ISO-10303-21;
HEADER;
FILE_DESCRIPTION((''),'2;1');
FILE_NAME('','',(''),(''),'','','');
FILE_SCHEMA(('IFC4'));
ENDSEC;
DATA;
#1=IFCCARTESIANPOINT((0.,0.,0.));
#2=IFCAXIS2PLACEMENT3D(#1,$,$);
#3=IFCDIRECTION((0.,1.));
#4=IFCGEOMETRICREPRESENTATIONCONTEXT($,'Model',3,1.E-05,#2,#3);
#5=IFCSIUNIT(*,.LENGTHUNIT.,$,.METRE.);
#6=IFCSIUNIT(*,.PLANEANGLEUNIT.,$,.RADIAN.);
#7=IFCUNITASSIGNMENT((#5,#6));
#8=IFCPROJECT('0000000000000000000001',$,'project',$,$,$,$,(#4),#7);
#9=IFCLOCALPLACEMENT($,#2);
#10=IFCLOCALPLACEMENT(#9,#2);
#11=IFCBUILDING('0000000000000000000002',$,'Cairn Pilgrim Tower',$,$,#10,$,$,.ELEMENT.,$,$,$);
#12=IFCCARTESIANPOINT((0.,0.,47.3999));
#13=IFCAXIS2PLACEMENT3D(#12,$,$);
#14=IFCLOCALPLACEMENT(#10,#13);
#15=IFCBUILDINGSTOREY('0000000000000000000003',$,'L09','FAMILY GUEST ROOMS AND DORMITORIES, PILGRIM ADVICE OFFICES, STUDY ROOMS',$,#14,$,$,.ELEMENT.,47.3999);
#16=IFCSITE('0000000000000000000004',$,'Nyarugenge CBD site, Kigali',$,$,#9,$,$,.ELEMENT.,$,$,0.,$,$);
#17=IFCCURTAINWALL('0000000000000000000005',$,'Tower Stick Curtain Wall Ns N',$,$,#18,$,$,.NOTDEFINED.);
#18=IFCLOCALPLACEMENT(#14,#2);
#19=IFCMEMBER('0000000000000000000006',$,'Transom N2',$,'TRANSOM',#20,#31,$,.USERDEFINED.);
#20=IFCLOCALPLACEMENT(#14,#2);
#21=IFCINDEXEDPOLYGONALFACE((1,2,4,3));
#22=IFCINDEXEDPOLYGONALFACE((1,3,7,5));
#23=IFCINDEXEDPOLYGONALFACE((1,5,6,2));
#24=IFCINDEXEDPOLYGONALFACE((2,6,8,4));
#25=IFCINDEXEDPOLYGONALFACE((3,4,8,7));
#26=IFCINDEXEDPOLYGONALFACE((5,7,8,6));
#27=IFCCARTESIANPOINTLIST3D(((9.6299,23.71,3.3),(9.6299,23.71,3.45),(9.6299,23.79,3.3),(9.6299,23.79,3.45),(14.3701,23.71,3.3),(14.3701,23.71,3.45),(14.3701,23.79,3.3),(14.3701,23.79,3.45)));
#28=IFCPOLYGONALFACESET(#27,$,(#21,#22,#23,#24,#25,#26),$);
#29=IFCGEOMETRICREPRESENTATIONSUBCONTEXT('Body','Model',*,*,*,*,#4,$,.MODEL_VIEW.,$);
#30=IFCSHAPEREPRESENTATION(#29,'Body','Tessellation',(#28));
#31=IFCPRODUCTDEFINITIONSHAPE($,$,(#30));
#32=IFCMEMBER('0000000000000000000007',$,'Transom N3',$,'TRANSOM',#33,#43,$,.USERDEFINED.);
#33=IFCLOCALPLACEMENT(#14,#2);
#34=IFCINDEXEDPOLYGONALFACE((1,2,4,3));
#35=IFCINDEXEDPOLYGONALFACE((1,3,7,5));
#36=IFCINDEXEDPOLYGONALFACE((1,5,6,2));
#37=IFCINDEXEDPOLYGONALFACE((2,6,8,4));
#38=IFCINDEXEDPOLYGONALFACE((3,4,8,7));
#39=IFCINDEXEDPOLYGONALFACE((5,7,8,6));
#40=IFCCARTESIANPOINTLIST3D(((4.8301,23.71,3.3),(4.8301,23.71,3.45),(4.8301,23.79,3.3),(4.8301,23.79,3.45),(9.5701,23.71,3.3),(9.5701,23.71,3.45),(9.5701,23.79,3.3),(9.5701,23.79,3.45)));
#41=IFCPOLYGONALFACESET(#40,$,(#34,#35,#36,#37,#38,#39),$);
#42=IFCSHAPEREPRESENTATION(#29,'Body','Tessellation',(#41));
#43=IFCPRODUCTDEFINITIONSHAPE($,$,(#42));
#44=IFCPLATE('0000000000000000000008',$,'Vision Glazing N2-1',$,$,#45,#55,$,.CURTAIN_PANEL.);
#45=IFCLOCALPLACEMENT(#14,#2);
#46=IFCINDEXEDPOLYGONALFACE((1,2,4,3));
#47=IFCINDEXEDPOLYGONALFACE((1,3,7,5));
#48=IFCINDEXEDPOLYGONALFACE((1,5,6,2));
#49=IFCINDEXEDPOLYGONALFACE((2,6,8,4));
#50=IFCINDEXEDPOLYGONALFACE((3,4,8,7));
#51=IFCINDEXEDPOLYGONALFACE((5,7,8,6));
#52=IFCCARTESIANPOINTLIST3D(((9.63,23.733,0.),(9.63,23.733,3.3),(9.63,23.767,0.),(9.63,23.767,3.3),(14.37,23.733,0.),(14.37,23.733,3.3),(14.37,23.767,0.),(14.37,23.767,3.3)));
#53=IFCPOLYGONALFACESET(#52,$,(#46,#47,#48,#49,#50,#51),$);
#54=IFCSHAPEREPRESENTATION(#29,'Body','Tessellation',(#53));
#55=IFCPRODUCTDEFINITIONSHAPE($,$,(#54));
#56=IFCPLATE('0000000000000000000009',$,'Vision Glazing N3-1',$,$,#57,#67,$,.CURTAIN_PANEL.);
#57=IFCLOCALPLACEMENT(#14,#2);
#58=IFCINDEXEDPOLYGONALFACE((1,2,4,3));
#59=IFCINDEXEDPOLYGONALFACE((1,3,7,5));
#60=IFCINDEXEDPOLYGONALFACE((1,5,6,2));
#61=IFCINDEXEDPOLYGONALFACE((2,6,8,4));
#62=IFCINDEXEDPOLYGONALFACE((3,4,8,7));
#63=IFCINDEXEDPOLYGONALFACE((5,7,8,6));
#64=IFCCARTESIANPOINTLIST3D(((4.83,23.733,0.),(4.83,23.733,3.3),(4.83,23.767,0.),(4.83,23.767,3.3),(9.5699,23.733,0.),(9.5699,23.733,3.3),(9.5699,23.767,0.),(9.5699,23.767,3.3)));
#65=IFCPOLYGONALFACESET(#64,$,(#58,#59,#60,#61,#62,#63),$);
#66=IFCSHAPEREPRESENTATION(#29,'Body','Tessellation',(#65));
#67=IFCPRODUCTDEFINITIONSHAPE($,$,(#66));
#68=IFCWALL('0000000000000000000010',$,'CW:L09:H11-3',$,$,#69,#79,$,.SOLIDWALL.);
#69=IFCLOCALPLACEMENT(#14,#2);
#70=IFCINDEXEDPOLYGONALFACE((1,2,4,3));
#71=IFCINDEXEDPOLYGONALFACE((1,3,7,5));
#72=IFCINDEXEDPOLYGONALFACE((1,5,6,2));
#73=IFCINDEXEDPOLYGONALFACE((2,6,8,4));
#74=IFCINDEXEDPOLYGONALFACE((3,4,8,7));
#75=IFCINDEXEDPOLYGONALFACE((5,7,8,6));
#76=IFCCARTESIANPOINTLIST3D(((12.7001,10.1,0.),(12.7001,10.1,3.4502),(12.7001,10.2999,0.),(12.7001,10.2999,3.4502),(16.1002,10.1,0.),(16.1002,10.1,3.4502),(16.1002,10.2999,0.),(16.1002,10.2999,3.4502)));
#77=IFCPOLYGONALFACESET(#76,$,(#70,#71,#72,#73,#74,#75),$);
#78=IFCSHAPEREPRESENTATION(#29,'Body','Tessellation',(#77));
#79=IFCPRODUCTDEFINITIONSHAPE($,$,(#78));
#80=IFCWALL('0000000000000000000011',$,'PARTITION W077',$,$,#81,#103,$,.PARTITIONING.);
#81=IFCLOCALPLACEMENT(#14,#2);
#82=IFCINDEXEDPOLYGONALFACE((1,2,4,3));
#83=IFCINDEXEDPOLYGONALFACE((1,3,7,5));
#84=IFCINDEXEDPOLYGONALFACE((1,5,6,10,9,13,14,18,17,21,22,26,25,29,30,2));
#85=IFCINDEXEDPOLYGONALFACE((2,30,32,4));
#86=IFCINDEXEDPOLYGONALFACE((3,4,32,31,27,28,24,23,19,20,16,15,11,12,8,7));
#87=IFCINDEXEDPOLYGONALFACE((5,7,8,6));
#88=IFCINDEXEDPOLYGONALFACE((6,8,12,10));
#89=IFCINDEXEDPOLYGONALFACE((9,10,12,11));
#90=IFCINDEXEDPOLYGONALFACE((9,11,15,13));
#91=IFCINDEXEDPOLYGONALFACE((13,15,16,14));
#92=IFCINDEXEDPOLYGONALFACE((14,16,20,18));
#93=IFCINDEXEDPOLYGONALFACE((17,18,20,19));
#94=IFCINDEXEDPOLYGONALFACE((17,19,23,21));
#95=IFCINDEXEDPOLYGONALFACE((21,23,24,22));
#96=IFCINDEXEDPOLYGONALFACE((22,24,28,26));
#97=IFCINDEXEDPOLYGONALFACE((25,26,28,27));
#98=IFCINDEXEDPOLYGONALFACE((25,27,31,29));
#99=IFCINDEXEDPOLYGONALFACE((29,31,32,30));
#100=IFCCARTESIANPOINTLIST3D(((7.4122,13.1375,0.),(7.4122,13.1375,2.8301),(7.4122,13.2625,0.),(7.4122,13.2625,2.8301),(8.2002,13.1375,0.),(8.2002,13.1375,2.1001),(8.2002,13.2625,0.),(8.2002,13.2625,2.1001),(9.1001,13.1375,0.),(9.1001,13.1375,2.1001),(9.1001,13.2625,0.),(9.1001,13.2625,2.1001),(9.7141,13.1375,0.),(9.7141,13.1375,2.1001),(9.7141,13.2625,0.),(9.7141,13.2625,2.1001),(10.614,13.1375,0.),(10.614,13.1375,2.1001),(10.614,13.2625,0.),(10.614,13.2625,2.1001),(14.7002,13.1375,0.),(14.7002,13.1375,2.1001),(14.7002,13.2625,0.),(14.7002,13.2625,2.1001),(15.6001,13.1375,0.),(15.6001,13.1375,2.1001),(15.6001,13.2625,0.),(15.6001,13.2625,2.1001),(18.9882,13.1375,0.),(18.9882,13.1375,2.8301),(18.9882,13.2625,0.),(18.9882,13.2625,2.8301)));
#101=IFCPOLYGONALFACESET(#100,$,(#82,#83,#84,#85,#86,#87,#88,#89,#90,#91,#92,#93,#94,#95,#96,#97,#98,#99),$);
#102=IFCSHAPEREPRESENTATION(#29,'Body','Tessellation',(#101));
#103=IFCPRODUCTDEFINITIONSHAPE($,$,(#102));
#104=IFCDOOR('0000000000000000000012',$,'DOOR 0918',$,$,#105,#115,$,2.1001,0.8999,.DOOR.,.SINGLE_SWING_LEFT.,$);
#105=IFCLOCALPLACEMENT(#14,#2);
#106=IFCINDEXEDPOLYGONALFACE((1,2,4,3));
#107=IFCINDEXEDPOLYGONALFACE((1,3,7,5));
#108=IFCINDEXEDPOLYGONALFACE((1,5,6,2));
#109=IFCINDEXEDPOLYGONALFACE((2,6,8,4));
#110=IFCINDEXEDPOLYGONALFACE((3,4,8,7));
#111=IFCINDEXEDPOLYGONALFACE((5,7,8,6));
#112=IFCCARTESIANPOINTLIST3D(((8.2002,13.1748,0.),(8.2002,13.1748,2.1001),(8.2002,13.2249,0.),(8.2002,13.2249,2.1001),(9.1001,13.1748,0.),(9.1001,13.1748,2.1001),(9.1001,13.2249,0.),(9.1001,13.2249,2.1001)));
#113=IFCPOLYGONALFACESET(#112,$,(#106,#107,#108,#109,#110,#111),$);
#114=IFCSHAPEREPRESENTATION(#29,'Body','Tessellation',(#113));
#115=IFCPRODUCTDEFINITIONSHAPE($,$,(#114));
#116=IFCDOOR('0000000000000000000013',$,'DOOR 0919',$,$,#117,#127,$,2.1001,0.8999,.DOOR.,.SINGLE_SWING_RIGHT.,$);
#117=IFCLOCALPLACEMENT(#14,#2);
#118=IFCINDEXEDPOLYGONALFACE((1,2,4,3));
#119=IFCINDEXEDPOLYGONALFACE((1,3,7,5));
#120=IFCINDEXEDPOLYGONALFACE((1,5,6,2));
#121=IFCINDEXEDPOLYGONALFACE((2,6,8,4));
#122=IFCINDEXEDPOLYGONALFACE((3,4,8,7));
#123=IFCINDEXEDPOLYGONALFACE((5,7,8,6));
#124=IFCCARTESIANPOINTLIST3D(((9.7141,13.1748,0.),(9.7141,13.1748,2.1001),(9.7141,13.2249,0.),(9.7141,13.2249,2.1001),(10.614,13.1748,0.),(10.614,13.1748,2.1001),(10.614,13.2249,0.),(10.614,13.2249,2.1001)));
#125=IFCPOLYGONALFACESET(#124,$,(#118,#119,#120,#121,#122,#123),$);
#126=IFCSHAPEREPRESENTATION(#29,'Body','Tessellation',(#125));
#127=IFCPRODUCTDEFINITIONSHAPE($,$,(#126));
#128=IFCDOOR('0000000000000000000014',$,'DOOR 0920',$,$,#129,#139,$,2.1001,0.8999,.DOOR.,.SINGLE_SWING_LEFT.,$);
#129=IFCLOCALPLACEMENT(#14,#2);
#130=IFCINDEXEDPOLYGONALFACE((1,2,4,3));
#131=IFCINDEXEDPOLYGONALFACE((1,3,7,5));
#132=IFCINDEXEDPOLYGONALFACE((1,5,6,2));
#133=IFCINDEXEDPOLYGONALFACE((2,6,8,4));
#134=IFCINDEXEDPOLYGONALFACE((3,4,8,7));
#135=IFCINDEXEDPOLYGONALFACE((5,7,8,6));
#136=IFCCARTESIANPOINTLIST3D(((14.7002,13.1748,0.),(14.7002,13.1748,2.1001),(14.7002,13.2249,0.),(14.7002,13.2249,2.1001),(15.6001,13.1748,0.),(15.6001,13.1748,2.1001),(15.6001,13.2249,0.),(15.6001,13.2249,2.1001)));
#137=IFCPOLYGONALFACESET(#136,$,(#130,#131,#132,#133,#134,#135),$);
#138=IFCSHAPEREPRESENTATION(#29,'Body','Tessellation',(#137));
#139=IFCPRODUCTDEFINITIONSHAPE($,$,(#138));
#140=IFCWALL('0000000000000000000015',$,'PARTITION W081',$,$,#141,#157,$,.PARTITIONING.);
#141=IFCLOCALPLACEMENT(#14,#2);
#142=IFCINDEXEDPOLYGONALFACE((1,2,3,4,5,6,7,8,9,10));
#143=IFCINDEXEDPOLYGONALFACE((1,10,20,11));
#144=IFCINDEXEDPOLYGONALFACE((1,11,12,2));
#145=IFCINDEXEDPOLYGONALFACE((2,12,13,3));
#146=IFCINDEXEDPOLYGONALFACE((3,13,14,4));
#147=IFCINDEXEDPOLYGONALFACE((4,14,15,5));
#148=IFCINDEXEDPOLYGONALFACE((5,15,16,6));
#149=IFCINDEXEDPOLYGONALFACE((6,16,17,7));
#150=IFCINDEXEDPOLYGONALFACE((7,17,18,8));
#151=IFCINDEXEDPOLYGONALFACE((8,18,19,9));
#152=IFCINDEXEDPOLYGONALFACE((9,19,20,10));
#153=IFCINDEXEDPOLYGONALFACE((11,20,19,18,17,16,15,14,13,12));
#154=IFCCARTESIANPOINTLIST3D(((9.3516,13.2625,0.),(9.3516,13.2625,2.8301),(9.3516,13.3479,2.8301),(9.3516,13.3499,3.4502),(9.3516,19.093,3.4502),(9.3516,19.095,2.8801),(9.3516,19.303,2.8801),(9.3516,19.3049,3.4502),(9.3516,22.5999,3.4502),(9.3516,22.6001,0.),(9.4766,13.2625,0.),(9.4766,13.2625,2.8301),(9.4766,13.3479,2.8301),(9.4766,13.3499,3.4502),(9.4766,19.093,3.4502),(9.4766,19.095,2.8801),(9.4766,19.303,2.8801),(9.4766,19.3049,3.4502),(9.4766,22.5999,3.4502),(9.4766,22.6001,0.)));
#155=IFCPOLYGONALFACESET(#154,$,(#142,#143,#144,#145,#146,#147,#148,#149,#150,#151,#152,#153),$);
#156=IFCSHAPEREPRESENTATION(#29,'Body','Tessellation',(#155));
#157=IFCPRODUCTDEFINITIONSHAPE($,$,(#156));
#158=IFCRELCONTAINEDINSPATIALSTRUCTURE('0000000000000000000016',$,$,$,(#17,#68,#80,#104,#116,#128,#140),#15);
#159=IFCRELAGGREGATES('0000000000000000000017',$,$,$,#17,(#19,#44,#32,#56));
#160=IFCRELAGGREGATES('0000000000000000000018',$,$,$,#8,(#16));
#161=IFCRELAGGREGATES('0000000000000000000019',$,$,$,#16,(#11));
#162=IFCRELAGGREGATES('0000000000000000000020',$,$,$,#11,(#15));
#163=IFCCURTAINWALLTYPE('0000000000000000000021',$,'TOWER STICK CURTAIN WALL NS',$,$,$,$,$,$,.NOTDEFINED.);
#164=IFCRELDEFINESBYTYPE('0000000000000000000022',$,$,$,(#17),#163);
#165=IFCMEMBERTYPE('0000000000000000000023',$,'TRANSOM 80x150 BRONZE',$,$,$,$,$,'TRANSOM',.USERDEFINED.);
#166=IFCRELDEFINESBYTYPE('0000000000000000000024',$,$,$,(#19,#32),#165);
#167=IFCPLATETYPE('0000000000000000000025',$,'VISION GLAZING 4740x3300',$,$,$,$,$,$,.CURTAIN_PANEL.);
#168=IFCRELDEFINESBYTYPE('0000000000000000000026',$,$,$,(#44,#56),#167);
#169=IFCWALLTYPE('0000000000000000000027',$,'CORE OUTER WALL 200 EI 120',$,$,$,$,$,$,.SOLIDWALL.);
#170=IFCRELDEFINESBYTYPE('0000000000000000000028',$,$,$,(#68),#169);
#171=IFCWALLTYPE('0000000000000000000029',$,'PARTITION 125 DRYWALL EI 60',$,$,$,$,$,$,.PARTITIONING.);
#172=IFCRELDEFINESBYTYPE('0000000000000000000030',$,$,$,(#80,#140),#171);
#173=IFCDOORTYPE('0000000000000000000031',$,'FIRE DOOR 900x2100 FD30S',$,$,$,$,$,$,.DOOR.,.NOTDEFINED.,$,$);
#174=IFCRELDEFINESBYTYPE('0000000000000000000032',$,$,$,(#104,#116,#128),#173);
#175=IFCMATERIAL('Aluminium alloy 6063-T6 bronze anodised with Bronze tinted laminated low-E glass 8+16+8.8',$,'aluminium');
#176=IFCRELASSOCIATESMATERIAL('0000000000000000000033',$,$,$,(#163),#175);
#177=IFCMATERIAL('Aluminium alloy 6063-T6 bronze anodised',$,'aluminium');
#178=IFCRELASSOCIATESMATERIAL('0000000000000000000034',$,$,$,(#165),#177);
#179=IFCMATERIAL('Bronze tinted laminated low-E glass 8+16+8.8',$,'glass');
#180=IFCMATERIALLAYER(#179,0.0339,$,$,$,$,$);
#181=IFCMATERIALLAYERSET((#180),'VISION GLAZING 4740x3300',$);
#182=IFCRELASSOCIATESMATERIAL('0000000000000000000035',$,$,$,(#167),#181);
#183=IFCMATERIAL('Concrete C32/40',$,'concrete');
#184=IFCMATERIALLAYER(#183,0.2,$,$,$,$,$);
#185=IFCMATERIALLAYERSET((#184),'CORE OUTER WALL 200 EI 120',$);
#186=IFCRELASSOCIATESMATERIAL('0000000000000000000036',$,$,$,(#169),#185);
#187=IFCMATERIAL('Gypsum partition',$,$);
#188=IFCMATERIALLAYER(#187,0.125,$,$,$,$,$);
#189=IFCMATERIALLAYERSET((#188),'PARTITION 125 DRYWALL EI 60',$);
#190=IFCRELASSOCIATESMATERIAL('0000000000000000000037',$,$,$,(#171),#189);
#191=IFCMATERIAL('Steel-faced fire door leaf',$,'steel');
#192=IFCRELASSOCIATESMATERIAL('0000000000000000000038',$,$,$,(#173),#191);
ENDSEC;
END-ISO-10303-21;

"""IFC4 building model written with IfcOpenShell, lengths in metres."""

from ifc_helpers import new_model, si_unit, direction, frame, frame_2d, origin, origin_2d, place, context, subcontext, project, spatial, polyline, rectangle, outline, extrude, material, layer, layer_set, material_profile, profile_set, type_object, element, fill, aggregate, save


model = new_model("IFC4")

# Units and contexts
model_context = context("Model", 3, precision=1e-05, world=origin(), true_north=direction((0.0, 1.0)))
body_context = subcontext(model_context, "Body", "Model", "MODEL_VIEW")
ifc_project = project(units=[si_unit("LENGTHUNIT", "METRE"), si_unit("PLANEANGLEUNIT", "RADIAN")], contexts=[model_context])

# Site, building, storey
site_placement = place(None, origin())
site = spatial("IfcSite", under=ifc_project, at=site_placement, Name="Nyarugenge CBD site, Kigali", CompositionType="ELEMENT", RefElevation=0.0)
building_placement = place(site_placement, origin())
building = spatial("IfcBuilding", under=site, at=building_placement, Name="Cairn Pilgrim Tower", CompositionType="ELEMENT")
storey_placement = place(building_placement, frame((0.0, 0.0, 47.3999)))
storey = spatial("IfcBuildingStorey", under=building, at=storey_placement, Name="L09", Description="FAMILY GUEST ROOMS AND DORMITORIES, PILGRIM ADVICE OFFICES, STUDY ROOMS", CompositionType="ELEMENT", Elevation=47.3999)

# Curtain wall
ifc_material_1 = material(Name="Aluminium alloy 6063-T6 bronze anodised with Bronze tinted laminated low-E glass 8+16+8.8", Category="aluminium")
curtain_wall_type = type_object("IfcCurtainWallType", Name="TOWER STICK CURTAIN WALL NS", PredefinedType="NOTDEFINED", material=ifc_material_1)
curtain_wall_placement = place(storey_placement, origin())
curtain_wall = element("IfcCurtainWall", 1, at=curtain_wall_placement, inside=storey, type_object=curtain_wall_type, Name="Tower Stick Curtain Wall Ns N", PredefinedType="NOTDEFINED")
ifc_material_2 = material(Name="Aluminium alloy 6063-T6 bronze anodised", Category="aluminium")

# Members
ifc_material_profile_1 = material_profile(ifc_material_2, rectangle(XDim=0.0801, YDim=0.1499, at=origin_2d()), Name="TRANSOM 80x150 BRONZE")
ifc_profile_set_1 = profile_set([ifc_material_profile_1], Name="Aluminium alloy 6063-T6 bronze anodised")
member_type_1 = type_object("IfcMemberType", Name="TRANSOM 80x150 BRONZE", ElementType="TRANSOM", PredefinedType="USERDEFINED", material=ifc_profile_set_1)
member_1_placement = place(storey_placement, frame((14.3701, 23.75, 3.375), z_axis=(-1.0, 0.0, 0.0), x_axis=(0.0, -1.0, 0.0)))
member_1 = element("IfcMember", 2, at=member_1_placement, type_object=member_type_1, Name="Transom N2", ObjectType="TRANSOM", PredefinedType="USERDEFINED", context=body_context, shape_type="SweptSolid", body=[
    extrude(rectangle(XDim=0.0801, YDim=0.1499, at=origin_2d()), origin(), (0.0, 0.0, 1.0), 4.7402),
])
member_2_placement = place(storey_placement, frame((9.5701, 23.75, 3.375), z_axis=(-1.0, 0.0, 0.0), x_axis=(0.0, -1.0, 0.0)))
member_2 = element("IfcMember", 3, at=member_2_placement, type_object=member_type_1, Name="Transom N3", ObjectType="TRANSOM", PredefinedType="USERDEFINED", context=body_context, shape_type="SweptSolid", body=[
    extrude(rectangle(XDim=0.0801, YDim=0.1499, at=origin_2d()), origin(), (0.0, 0.0, 1.0), 4.74),
])

# Plates
ifc_material_3 = material(Name="Bronze tinted laminated low-E glass 8+16+8.8", Category="glass")
ifc_layer_1 = layer(ifc_material_3, 0.0339)
ifc_layer_set_1 = layer_set([ifc_layer_1], Name="VISION GLAZING 4740x3300")
plate_type = type_object("IfcPlateType", Name="VISION GLAZING 4740x3300", PredefinedType="CURTAIN_PANEL", material=ifc_layer_set_1)
plate_1_placement = place(storey_placement, frame((12.0, 23.75, 0.0), z_axis=(0.0, 0.0, 1.0), x_axis=(-1.0, 0.0, 0.0)))
plate_1 = element("IfcPlate", 4, at=plate_1_placement, type_object=plate_type, Name="Vision Glazing N2-1", PredefinedType="CURTAIN_PANEL", context=body_context, shape_type="SweptSolid", body=[
    extrude(rectangle(XDim=4.74, YDim=0.0339, at=origin_2d()), origin(), (0.0, 0.0, 1.0), 3.3),
])
plate_2_placement = place(storey_placement, frame((7.2, 23.75, 0.0), z_axis=(0.0, 0.0, 1.0), x_axis=(-1.0, 0.0, 0.0)))
plate_2 = element("IfcPlate", 5, at=plate_2_placement, type_object=plate_type, Name="Vision Glazing N3-1", PredefinedType="CURTAIN_PANEL", context=body_context, shape_type="SweptSolid", body=[
    extrude(rectangle(XDim=4.74, YDim=0.0339, at=origin_2d()), origin(), (0.0, 0.0, 1.0), 3.3),
])
aggregate(curtain_wall, [member_1, plate_1, member_2, plate_2])

# Wall
ifc_material_4 = material(Name="Concrete C32/40", Category="concrete")
ifc_layer_2 = layer(ifc_material_4, 0.2)
ifc_layer_set_2 = layer_set([ifc_layer_2], Name="CORE OUTER WALL 200 EI 120")
wall_type_1 = type_object("IfcWallType", Name="CORE OUTER WALL 200 EI 120", PredefinedType="SOLIDWALL", material=ifc_layer_set_2)
wall_1_placement = place(storey_placement, frame((12.7, 10.2, 0.0), z_axis=(0.0, 0.0, 1.0), x_axis=(1.0, 0.0, 0.0)))
element("IfcWall", 6, at=wall_1_placement, inside=storey, type_object=wall_type_1, Name="CW:L09:H11-3", PredefinedType="SOLIDWALL", context=body_context, shape_type="SweptSolid", body=[
    extrude(rectangle(XDim=3.4001, YDim=0.2, at=frame_2d((1.7002, 0.0))), origin(), (0.0, 0.0, 1.0), 3.4502),
])

# Wall, openings, doors
ifc_material_5 = material(Name="Gypsum partition")
ifc_layer_3 = layer(ifc_material_5, 0.125)
ifc_layer_set_3 = layer_set([ifc_layer_3], Name="PARTITION 125 DRYWALL EI 60")
wall_type_2 = type_object("IfcWallType", Name="PARTITION 125 DRYWALL EI 60", PredefinedType="PARTITIONING", material=ifc_layer_set_3)
wall_2_placement = place(storey_placement, frame((7.4121, 13.2, 0.0), z_axis=(0.0, 0.0, 1.0), x_axis=(1.0, 0.0, 0.0)))
wall_2 = element("IfcWall", 7, at=wall_2_placement, inside=storey, type_object=wall_type_2, Name="PARTITION W077", PredefinedType="PARTITIONING", context=body_context, shape_type="SweptSolid", body=[
    extrude(rectangle(XDim=11.5759, YDim=0.125, at=frame_2d((5.7881, 0.0))), origin(), (0.0, 0.0, 1.0), 2.8301),
])
opening_1_placement = place(wall_2_placement, frame((0.7881, 0.0, 0.0)))
opening_1 = element("IfcOpeningElement", 8, at=opening_1_placement, cuts=wall_2, PredefinedType="OPENING", context=body_context, shape_type="SweptSolid", body=[
    extrude(rectangle(XDim=0.8999, YDim=2.1001, at=frame_2d((0.45, 1.05))), frame((0.0, 0.0725, 0.0), z_axis=(0.0, -1.0, 0.0), x_axis=(1.0, 0.0, 0.0)), (0.0, 0.0, 1.0), 0.145),
])
opening_2_placement = place(wall_2_placement, frame((2.302, 0.0, 0.0)))
opening_2 = element("IfcOpeningElement", 9, at=opening_2_placement, cuts=wall_2, PredefinedType="OPENING", context=body_context, shape_type="SweptSolid", body=[
    extrude(rectangle(XDim=0.8999, YDim=2.1001, at=frame_2d((0.45, 1.05))), frame((0.0, 0.0725, 0.0), z_axis=(0.0, -1.0, 0.0), x_axis=(1.0, 0.0, 0.0)), (0.0, 0.0, 1.0), 0.145),
])
opening_3_placement = place(wall_2_placement, frame((7.2881, 0.0, 0.0)))
opening_3 = element("IfcOpeningElement", 10, at=opening_3_placement, cuts=wall_2, PredefinedType="OPENING", context=body_context, shape_type="SweptSolid", body=[
    extrude(rectangle(XDim=0.8999, YDim=2.1001, at=frame_2d((0.45, 1.05))), frame((0.0, 0.0725, 0.0), z_axis=(0.0, -1.0, 0.0), x_axis=(1.0, 0.0, 0.0)), (0.0, 0.0, 1.0), 0.145),
])
ifc_material_6 = material(Name="Steel-faced fire door leaf", Category="steel")
door_type_1 = type_object("IfcDoorType", Name="FIRE DOOR 900x2100 FD30S", OperationType="NOTDEFINED", PredefinedType="DOOR", material=ifc_material_6)
door_1_placement = place(opening_1_placement, origin())
door_1 = element("IfcDoor", 11, at=door_1_placement, inside=storey, type_object=door_type_1, Name="DOOR 0918", OperationType="SINGLE_SWING_LEFT", OverallHeight=2.1001, OverallWidth=0.8999, PredefinedType="DOOR", context=body_context, shape_type="SweptSolid", body=[
    extrude(rectangle(XDim=0.8999, YDim=2.1001, at=frame_2d((0.45, 1.05))), frame((0.0, 0.0249, 0.0), z_axis=(0.0, -1.0, 0.0), x_axis=(1.0, 0.0, 0.0)), (0.0, 0.0, 1.0), 0.05),
])
fill(opening_1, door_1)
door_2_placement = place(opening_2_placement, origin())
door_2 = element("IfcDoor", 12, at=door_2_placement, inside=storey, type_object=door_type_1, Name="DOOR 0919", OperationType="SINGLE_SWING_RIGHT", OverallHeight=2.1001, OverallWidth=0.8999, PredefinedType="DOOR", context=body_context, shape_type="SweptSolid", body=[
    extrude(rectangle(XDim=0.8999, YDim=2.1001, at=frame_2d((0.45, 1.05))), frame((0.0, 0.0249, 0.0), z_axis=(0.0, -1.0, 0.0), x_axis=(1.0, 0.0, 0.0)), (0.0, 0.0, 1.0), 0.05),
])
fill(opening_2, door_2)
door_3_placement = place(opening_3_placement, origin())
door_3 = element("IfcDoor", 13, at=door_3_placement, inside=storey, type_object=door_type_1, Name="DOOR 0920", OperationType="SINGLE_SWING_LEFT", OverallHeight=2.1001, OverallWidth=0.8999, PredefinedType="DOOR", context=body_context, shape_type="SweptSolid", body=[
    extrude(rectangle(XDim=0.8999, YDim=2.1001, at=frame_2d((0.45, 1.05))), frame((0.0, 0.0249, 0.0), z_axis=(0.0, -1.0, 0.0), x_axis=(1.0, 0.0, 0.0)), (0.0, 0.0, 1.0), 0.05),
])
fill(opening_3, door_3)

# Wall
wall_3_placement = place(storey_placement, frame((9.4141, 13.2625, 0.0), z_axis=(0.0, 0.0, 1.0), x_axis=(0.0, 1.0, 0.0)))
element("IfcWall", 14, at=wall_3_placement, inside=storey, type_object=wall_type_2, Name="PARTITION W081", PredefinedType="PARTITIONING", context=body_context, shape_type="SweptSolid", body=[
    extrude(outline(polyline([(0.0, 0.0), (9.3376, 0.0), (9.3374, 3.4502), (6.0425, 3.4502), (6.0405, 2.8801), (5.8325, 2.8801), (5.8306, 3.4502), (0.0874, 3.4502), (0.0854, 2.8301), (0.0, 2.8301), (0.0, 0.0)])), frame((0.0, 0.0625, 0.0), z_axis=(0.0, -1.0, 0.0), x_axis=(1.0, 0.0, 0.0)), (0.0, 0.0, 1.0), 0.125),
])

save(model, "model.ifc")
